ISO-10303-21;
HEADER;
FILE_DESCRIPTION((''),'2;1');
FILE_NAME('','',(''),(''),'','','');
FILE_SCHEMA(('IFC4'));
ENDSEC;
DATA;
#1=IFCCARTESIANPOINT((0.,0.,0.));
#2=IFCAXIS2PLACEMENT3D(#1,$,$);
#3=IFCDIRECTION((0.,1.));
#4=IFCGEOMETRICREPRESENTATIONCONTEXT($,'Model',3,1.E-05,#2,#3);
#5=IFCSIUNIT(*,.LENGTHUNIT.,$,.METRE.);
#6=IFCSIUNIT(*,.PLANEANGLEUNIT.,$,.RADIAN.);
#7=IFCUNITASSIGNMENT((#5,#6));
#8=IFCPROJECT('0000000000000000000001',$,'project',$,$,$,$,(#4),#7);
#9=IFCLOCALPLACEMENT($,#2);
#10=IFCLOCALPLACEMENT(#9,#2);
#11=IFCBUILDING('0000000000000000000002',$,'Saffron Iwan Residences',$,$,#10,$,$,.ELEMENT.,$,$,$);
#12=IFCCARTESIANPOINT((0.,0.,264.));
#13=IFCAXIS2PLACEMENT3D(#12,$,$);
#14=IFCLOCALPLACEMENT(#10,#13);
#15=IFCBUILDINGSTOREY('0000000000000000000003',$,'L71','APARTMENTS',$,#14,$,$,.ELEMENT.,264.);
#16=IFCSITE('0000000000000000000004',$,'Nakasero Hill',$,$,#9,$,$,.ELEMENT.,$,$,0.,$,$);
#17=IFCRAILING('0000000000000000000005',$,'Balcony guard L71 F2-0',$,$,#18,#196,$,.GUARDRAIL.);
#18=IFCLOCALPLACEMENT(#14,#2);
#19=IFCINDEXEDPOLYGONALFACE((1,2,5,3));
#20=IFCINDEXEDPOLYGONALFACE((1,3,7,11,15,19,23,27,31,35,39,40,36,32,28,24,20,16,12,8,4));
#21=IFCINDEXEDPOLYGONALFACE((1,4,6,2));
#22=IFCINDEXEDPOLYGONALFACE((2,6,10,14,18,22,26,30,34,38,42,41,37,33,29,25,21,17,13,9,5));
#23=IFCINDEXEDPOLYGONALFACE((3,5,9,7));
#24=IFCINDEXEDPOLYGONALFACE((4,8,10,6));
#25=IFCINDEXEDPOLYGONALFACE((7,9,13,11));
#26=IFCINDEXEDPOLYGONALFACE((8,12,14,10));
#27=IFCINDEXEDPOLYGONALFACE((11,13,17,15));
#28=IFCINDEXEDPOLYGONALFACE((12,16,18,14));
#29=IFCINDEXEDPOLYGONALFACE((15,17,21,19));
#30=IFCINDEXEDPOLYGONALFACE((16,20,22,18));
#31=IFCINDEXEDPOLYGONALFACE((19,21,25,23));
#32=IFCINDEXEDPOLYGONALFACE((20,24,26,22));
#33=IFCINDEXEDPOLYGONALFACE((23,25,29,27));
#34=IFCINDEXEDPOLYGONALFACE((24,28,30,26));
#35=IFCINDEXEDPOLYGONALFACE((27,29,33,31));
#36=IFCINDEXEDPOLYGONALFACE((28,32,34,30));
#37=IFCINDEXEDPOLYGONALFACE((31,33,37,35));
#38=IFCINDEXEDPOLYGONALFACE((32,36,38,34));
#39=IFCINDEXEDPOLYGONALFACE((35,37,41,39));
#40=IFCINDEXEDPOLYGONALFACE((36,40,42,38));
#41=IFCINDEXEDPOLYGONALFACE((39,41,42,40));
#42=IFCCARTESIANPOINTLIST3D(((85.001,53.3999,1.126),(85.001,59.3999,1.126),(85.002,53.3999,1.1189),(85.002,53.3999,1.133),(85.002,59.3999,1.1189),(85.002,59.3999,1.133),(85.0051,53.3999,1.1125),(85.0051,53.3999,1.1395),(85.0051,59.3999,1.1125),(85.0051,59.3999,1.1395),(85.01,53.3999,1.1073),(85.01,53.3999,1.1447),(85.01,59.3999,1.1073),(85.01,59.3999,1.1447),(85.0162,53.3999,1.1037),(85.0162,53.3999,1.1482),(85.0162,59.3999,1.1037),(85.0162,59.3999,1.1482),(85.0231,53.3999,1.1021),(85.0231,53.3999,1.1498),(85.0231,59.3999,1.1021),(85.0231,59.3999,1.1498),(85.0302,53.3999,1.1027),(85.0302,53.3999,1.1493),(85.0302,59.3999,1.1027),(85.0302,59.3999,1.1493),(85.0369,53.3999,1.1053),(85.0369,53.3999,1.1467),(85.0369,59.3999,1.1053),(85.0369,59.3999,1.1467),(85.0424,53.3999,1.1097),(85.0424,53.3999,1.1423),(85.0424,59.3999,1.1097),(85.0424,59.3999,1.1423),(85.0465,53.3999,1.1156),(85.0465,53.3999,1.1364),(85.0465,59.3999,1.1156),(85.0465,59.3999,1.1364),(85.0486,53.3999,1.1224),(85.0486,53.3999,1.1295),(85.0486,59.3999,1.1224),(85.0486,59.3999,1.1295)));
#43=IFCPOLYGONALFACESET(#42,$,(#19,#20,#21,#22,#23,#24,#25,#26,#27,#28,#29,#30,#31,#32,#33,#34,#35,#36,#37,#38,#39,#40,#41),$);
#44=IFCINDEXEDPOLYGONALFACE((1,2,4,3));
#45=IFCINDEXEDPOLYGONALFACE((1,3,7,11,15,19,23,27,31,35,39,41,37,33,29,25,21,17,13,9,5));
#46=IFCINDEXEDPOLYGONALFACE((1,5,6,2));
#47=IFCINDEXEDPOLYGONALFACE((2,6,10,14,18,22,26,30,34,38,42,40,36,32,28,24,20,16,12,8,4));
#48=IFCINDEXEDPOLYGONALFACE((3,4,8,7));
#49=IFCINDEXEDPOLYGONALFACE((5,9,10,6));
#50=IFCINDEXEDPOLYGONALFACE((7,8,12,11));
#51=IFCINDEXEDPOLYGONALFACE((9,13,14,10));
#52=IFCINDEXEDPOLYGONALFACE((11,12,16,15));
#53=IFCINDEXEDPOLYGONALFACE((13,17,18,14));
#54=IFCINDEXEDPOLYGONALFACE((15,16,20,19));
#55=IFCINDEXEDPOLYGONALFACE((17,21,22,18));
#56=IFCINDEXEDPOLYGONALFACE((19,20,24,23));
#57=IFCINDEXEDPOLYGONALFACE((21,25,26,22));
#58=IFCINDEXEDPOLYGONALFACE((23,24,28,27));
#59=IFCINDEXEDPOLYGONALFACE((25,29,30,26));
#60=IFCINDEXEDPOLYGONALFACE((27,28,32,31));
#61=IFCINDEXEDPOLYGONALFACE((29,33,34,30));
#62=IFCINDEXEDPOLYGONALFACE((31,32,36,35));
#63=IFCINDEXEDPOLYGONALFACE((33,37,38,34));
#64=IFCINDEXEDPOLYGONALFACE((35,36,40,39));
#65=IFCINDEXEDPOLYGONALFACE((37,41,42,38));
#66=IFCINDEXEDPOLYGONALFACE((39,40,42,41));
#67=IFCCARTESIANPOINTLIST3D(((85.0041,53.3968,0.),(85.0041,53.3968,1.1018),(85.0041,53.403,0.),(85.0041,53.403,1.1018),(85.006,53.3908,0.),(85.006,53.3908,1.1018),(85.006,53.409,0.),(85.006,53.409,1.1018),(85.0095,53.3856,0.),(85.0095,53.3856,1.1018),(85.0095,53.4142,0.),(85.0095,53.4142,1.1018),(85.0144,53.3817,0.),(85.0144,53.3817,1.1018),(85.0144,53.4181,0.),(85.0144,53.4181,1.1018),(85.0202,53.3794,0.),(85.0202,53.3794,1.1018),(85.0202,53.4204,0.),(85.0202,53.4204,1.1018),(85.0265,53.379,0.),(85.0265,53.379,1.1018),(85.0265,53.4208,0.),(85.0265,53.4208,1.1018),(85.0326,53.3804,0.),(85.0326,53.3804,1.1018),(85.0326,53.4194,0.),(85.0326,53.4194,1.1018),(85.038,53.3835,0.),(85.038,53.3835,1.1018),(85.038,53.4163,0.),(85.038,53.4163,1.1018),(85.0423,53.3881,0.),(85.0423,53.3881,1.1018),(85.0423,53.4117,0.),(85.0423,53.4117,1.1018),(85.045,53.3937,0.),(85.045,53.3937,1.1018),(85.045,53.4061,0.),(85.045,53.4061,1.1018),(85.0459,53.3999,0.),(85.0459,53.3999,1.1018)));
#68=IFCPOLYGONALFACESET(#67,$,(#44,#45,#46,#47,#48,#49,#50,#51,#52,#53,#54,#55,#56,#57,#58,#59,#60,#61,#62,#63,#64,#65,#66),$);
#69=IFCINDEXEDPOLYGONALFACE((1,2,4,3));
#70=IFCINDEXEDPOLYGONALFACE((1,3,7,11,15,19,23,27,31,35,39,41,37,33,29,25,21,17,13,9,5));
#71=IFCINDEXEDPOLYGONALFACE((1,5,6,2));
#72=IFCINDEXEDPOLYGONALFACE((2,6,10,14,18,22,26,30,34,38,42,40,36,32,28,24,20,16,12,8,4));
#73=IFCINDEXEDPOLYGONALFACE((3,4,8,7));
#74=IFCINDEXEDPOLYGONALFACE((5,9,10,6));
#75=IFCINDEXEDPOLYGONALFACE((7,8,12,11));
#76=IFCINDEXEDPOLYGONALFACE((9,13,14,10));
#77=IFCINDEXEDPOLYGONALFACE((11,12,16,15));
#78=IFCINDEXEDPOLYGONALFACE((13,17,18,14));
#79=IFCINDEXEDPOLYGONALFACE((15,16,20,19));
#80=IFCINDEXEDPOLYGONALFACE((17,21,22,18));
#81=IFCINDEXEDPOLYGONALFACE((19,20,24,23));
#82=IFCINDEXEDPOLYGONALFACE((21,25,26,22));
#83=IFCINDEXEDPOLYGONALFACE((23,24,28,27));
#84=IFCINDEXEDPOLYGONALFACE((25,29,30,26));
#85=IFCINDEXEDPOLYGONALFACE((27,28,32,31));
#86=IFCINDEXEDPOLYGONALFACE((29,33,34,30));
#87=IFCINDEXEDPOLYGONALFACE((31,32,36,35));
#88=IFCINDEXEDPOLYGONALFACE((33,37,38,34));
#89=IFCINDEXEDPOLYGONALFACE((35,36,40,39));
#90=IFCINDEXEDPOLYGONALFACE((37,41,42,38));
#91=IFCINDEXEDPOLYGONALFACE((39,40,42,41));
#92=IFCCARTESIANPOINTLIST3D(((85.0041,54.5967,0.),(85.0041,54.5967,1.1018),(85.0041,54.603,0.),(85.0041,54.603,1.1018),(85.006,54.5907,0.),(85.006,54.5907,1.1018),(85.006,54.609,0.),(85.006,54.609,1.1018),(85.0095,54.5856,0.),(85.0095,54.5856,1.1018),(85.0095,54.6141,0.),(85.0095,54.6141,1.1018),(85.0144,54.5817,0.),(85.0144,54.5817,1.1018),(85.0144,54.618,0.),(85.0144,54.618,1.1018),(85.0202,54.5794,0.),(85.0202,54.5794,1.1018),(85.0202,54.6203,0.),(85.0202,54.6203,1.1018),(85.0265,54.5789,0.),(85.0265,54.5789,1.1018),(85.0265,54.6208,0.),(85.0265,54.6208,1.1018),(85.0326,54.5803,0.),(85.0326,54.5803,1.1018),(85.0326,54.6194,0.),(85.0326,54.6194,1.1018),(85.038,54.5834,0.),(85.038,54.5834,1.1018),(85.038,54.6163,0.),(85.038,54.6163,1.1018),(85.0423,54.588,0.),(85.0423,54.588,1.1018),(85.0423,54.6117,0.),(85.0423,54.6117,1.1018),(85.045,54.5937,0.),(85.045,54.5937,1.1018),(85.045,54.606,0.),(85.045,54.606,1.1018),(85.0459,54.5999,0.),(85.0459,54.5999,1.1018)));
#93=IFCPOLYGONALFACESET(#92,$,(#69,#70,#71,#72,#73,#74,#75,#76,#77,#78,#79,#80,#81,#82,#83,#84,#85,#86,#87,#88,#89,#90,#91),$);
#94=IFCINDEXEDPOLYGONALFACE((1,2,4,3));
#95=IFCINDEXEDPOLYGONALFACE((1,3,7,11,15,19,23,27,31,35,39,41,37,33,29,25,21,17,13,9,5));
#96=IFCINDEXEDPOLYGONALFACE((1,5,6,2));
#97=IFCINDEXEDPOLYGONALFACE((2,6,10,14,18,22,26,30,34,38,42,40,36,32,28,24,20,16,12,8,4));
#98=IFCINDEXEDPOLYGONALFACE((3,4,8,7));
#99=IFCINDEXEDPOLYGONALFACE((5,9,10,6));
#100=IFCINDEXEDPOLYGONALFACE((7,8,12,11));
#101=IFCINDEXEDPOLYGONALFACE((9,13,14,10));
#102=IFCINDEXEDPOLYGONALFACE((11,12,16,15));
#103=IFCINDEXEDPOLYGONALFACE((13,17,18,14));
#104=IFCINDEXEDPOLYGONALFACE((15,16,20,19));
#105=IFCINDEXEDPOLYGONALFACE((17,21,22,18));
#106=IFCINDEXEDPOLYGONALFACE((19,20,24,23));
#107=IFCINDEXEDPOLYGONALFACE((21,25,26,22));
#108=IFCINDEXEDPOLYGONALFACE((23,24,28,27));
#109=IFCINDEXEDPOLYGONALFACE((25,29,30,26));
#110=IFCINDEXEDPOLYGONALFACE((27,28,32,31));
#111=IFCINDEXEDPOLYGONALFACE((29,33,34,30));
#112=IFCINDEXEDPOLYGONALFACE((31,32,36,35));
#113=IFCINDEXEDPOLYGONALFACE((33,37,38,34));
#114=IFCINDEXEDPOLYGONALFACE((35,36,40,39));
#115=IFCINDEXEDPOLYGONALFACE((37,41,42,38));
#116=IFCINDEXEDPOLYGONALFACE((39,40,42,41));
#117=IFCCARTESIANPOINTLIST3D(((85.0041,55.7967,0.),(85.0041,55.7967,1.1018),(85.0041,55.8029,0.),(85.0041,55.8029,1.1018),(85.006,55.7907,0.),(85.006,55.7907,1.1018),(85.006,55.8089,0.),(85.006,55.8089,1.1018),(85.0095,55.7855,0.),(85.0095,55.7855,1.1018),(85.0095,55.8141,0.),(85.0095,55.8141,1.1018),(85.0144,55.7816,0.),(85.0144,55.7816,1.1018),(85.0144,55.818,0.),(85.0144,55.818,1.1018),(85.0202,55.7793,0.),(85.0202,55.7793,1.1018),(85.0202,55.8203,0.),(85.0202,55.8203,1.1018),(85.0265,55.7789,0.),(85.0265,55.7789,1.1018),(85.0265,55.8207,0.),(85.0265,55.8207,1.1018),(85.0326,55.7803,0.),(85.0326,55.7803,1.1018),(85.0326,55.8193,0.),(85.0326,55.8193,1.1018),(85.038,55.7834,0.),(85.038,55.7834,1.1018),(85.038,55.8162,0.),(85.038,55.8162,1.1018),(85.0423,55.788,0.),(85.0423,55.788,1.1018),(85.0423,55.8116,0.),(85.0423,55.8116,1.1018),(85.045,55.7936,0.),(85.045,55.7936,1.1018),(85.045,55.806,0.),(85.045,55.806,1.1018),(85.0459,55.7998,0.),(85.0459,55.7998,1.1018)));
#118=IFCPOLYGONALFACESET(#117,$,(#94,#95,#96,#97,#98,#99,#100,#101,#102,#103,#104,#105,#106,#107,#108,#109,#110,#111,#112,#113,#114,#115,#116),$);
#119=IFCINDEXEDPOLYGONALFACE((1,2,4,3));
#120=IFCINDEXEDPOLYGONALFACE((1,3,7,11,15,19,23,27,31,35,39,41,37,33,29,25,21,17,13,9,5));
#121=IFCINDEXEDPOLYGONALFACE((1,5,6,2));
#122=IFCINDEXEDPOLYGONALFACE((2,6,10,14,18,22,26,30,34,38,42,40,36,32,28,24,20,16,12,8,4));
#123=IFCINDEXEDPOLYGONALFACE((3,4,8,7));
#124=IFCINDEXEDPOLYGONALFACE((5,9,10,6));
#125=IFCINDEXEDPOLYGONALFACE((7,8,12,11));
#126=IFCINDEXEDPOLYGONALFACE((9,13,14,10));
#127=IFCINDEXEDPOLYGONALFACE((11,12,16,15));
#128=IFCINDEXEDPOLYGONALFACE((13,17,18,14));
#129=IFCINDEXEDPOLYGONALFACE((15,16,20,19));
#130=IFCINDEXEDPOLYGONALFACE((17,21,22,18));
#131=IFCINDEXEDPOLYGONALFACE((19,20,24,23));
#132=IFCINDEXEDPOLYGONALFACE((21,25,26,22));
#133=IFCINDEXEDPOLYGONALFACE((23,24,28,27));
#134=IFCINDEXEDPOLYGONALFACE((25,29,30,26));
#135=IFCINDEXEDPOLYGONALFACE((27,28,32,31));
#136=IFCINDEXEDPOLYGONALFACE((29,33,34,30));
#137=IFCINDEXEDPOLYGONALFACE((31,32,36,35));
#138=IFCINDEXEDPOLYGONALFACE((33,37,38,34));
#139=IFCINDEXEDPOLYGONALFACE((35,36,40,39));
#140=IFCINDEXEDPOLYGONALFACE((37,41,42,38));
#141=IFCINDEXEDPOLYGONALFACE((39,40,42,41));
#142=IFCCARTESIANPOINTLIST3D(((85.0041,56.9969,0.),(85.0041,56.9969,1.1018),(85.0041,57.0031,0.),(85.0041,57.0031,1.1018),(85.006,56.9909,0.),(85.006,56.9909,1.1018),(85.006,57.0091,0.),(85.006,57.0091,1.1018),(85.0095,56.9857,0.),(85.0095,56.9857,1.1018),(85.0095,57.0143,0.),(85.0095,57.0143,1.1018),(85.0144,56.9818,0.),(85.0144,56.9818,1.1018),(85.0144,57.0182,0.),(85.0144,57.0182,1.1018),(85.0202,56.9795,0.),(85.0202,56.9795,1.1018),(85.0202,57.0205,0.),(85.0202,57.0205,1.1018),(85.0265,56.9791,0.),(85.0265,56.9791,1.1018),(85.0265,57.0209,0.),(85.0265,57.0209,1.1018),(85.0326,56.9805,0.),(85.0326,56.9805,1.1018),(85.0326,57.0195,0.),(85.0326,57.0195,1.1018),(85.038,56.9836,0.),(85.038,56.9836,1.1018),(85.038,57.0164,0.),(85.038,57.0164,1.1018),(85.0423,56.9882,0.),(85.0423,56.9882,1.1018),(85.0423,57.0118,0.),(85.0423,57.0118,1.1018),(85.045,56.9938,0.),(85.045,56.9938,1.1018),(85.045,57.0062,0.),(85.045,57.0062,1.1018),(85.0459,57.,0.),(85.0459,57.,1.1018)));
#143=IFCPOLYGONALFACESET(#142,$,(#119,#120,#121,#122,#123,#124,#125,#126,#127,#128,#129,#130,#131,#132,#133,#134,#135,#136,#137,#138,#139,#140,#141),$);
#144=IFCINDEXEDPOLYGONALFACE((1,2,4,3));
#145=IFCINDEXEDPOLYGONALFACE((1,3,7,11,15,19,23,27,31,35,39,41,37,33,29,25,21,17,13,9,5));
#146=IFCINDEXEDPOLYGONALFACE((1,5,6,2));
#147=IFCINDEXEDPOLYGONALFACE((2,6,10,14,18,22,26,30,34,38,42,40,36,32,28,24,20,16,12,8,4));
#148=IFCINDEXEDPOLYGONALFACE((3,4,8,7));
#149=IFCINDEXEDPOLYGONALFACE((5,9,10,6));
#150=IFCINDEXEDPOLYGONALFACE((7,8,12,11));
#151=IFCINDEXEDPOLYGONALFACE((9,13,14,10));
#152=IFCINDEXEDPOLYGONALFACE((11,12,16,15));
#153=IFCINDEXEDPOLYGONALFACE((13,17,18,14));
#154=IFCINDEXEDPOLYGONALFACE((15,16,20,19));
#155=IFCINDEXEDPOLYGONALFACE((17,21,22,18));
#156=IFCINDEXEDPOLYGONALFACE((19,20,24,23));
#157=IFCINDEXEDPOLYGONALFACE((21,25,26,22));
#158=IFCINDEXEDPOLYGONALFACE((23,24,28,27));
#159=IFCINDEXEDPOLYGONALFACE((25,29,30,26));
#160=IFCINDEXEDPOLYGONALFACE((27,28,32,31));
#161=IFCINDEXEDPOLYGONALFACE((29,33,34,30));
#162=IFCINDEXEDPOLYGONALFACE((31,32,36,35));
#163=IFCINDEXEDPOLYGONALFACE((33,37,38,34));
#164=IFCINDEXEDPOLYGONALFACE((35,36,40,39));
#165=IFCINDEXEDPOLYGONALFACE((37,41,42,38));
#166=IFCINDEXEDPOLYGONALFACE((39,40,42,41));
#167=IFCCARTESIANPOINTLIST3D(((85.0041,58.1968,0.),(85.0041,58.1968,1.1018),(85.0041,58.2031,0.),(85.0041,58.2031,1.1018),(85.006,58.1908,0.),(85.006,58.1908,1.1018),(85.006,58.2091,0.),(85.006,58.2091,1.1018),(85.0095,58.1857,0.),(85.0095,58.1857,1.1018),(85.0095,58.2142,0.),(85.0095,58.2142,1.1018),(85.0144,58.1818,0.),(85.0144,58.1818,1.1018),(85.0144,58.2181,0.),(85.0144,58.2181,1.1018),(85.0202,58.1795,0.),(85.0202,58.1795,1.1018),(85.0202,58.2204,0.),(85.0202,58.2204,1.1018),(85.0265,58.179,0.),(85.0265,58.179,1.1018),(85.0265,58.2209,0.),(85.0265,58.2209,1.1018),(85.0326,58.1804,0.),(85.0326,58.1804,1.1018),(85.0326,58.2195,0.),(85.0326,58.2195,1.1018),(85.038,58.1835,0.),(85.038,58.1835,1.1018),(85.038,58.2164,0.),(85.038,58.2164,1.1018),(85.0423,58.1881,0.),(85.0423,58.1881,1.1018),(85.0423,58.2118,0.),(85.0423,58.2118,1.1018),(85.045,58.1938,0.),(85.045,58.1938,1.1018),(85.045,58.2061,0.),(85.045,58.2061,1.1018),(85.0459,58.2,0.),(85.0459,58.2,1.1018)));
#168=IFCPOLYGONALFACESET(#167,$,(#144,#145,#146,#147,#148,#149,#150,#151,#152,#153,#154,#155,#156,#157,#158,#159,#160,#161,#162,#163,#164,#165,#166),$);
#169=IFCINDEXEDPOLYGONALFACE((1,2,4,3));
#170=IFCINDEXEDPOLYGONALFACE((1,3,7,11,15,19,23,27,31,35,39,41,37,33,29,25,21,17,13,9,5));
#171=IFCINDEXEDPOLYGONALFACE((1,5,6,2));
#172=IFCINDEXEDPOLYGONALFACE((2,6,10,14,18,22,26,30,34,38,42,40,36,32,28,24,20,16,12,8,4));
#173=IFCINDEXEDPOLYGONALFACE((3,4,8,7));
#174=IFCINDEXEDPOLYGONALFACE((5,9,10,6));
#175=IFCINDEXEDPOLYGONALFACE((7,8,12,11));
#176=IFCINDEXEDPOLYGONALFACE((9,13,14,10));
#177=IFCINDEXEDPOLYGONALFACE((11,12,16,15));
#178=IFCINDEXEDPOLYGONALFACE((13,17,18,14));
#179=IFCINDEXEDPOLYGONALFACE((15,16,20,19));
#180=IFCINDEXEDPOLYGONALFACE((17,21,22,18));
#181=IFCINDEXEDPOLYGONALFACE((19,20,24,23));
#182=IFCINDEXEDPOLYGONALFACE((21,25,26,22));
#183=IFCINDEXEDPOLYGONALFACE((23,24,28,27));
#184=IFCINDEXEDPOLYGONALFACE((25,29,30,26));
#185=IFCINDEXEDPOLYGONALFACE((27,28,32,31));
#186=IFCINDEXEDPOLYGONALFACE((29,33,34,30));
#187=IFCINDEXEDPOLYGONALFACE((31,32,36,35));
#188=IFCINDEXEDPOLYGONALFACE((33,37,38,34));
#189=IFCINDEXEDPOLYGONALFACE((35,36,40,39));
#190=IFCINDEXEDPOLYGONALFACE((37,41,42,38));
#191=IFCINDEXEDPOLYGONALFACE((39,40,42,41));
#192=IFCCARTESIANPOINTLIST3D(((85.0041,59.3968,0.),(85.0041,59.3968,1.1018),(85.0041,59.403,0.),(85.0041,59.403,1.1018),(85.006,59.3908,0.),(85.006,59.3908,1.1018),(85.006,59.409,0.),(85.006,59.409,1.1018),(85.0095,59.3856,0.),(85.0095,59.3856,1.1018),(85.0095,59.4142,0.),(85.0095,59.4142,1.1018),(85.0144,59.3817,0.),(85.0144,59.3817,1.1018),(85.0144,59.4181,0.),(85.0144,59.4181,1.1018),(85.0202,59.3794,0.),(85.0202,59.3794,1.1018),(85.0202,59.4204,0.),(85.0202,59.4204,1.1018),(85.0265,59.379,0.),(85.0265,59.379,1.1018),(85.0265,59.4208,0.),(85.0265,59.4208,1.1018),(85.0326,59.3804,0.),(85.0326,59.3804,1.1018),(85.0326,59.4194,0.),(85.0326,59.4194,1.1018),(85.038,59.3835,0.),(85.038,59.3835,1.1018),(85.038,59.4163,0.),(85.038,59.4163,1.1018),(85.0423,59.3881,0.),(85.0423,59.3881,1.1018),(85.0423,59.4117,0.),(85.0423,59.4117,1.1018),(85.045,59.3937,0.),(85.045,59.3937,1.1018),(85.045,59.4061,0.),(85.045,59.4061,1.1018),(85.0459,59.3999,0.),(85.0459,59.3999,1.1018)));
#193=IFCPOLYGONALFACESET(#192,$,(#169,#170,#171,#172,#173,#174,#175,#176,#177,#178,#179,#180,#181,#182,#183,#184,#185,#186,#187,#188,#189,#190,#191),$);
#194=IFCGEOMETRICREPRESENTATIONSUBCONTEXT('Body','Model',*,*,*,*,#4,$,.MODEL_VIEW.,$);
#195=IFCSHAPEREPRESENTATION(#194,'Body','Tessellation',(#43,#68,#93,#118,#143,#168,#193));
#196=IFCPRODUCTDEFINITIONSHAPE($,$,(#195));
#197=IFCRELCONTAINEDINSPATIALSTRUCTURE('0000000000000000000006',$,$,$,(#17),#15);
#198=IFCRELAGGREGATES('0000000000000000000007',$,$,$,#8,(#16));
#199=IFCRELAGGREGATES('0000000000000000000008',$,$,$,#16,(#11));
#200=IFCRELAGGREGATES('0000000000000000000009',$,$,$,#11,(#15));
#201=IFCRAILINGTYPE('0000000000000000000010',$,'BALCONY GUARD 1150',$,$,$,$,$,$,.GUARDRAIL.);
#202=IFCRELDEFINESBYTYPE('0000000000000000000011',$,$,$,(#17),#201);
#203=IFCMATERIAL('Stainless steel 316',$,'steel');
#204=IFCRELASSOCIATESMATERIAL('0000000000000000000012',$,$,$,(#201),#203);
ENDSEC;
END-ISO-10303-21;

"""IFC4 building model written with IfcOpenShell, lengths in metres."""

from ifc_helpers import new_model, si_unit, direction, frame, origin, origin_2d, place, context, subcontext, project, spatial, circle, extrude, material, type_object, element, save


model = new_model("IFC4")

# Units and contexts
model_context = context("Model", 3, precision=1e-05, world=origin(), true_north=direction((0.0, 1.0)))
body_context = subcontext(model_context, "Body", "Model", "MODEL_VIEW")
ifc_project = project(units=[si_unit("LENGTHUNIT", "METRE"), si_unit("PLANEANGLEUNIT", "RADIAN")], contexts=[model_context])

# Site, building, storey
site_placement = place(None, origin())
site = spatial("IfcSite", under=ifc_project, at=site_placement, Name="Nakasero Hill", CompositionType="ELEMENT", RefElevation=0.0)
building_placement = place(site_placement, origin())
building = spatial("IfcBuilding", under=site, at=building_placement, Name="Saffron Iwan Residences", CompositionType="ELEMENT")
storey_placement = place(building_placement, frame((0.0, 0.0, 264.0)))
storey = spatial("IfcBuildingStorey", under=building, at=storey_placement, Name="L71", Description="APARTMENTS", CompositionType="ELEMENT", Elevation=264.0)

# Railing
ifc_material_1 = material(Name="Stainless steel 316", Category="steel")
railing_type = type_object("IfcRailingType", Name="BALCONY GUARD 1150", PredefinedType="GUARDRAIL", material=ifc_material_1)
railing_placement = place(storey_placement, frame((85.0249, 53.3999, 0.0)))
element("IfcRailing", 1, at=railing_placement, inside=storey, type_object=railing_type, Name="Balcony guard L71 F2-0", PredefinedType="GUARDRAIL", context=body_context, shape_type="SweptSolid", body=[
    extrude(circle(Radius=0.0239, at=origin_2d()), frame((0.0, 0.0, 1.126), z_axis=(0.0, 1.0, 0.0), x_axis=(-1.0, 0.0, 0.0)), (0.0, 0.0, 1.0), 6.0),
    extrude(circle(Radius=0.021, at=origin_2d()), origin(), (0.0, 0.0, 1.0), 1.1018),
    extrude(circle(Radius=0.021, at=origin_2d()), frame((0.0, 1.2, 0.0)), (0.0, 0.0, 1.0), 1.1018),
    extrude(circle(Radius=0.021, at=origin_2d()), frame((0.0, 2.3999, 0.0)), (0.0, 0.0, 1.0), 1.1018),
    extrude(circle(Radius=0.021, at=origin_2d()), frame((0.0, 3.6001, 0.0)), (0.0, 0.0, 1.0), 1.1018),
    extrude(circle(Radius=0.021, at=origin_2d()), frame((0.0, 4.8, 0.0)), (0.0, 0.0, 1.0), 1.1018),
    extrude(circle(Radius=0.021, at=origin_2d()), frame((0.0, 6.0, 0.0)), (0.0, 0.0, 1.0), 1.1018),
])

save(model, "model.ifc")
